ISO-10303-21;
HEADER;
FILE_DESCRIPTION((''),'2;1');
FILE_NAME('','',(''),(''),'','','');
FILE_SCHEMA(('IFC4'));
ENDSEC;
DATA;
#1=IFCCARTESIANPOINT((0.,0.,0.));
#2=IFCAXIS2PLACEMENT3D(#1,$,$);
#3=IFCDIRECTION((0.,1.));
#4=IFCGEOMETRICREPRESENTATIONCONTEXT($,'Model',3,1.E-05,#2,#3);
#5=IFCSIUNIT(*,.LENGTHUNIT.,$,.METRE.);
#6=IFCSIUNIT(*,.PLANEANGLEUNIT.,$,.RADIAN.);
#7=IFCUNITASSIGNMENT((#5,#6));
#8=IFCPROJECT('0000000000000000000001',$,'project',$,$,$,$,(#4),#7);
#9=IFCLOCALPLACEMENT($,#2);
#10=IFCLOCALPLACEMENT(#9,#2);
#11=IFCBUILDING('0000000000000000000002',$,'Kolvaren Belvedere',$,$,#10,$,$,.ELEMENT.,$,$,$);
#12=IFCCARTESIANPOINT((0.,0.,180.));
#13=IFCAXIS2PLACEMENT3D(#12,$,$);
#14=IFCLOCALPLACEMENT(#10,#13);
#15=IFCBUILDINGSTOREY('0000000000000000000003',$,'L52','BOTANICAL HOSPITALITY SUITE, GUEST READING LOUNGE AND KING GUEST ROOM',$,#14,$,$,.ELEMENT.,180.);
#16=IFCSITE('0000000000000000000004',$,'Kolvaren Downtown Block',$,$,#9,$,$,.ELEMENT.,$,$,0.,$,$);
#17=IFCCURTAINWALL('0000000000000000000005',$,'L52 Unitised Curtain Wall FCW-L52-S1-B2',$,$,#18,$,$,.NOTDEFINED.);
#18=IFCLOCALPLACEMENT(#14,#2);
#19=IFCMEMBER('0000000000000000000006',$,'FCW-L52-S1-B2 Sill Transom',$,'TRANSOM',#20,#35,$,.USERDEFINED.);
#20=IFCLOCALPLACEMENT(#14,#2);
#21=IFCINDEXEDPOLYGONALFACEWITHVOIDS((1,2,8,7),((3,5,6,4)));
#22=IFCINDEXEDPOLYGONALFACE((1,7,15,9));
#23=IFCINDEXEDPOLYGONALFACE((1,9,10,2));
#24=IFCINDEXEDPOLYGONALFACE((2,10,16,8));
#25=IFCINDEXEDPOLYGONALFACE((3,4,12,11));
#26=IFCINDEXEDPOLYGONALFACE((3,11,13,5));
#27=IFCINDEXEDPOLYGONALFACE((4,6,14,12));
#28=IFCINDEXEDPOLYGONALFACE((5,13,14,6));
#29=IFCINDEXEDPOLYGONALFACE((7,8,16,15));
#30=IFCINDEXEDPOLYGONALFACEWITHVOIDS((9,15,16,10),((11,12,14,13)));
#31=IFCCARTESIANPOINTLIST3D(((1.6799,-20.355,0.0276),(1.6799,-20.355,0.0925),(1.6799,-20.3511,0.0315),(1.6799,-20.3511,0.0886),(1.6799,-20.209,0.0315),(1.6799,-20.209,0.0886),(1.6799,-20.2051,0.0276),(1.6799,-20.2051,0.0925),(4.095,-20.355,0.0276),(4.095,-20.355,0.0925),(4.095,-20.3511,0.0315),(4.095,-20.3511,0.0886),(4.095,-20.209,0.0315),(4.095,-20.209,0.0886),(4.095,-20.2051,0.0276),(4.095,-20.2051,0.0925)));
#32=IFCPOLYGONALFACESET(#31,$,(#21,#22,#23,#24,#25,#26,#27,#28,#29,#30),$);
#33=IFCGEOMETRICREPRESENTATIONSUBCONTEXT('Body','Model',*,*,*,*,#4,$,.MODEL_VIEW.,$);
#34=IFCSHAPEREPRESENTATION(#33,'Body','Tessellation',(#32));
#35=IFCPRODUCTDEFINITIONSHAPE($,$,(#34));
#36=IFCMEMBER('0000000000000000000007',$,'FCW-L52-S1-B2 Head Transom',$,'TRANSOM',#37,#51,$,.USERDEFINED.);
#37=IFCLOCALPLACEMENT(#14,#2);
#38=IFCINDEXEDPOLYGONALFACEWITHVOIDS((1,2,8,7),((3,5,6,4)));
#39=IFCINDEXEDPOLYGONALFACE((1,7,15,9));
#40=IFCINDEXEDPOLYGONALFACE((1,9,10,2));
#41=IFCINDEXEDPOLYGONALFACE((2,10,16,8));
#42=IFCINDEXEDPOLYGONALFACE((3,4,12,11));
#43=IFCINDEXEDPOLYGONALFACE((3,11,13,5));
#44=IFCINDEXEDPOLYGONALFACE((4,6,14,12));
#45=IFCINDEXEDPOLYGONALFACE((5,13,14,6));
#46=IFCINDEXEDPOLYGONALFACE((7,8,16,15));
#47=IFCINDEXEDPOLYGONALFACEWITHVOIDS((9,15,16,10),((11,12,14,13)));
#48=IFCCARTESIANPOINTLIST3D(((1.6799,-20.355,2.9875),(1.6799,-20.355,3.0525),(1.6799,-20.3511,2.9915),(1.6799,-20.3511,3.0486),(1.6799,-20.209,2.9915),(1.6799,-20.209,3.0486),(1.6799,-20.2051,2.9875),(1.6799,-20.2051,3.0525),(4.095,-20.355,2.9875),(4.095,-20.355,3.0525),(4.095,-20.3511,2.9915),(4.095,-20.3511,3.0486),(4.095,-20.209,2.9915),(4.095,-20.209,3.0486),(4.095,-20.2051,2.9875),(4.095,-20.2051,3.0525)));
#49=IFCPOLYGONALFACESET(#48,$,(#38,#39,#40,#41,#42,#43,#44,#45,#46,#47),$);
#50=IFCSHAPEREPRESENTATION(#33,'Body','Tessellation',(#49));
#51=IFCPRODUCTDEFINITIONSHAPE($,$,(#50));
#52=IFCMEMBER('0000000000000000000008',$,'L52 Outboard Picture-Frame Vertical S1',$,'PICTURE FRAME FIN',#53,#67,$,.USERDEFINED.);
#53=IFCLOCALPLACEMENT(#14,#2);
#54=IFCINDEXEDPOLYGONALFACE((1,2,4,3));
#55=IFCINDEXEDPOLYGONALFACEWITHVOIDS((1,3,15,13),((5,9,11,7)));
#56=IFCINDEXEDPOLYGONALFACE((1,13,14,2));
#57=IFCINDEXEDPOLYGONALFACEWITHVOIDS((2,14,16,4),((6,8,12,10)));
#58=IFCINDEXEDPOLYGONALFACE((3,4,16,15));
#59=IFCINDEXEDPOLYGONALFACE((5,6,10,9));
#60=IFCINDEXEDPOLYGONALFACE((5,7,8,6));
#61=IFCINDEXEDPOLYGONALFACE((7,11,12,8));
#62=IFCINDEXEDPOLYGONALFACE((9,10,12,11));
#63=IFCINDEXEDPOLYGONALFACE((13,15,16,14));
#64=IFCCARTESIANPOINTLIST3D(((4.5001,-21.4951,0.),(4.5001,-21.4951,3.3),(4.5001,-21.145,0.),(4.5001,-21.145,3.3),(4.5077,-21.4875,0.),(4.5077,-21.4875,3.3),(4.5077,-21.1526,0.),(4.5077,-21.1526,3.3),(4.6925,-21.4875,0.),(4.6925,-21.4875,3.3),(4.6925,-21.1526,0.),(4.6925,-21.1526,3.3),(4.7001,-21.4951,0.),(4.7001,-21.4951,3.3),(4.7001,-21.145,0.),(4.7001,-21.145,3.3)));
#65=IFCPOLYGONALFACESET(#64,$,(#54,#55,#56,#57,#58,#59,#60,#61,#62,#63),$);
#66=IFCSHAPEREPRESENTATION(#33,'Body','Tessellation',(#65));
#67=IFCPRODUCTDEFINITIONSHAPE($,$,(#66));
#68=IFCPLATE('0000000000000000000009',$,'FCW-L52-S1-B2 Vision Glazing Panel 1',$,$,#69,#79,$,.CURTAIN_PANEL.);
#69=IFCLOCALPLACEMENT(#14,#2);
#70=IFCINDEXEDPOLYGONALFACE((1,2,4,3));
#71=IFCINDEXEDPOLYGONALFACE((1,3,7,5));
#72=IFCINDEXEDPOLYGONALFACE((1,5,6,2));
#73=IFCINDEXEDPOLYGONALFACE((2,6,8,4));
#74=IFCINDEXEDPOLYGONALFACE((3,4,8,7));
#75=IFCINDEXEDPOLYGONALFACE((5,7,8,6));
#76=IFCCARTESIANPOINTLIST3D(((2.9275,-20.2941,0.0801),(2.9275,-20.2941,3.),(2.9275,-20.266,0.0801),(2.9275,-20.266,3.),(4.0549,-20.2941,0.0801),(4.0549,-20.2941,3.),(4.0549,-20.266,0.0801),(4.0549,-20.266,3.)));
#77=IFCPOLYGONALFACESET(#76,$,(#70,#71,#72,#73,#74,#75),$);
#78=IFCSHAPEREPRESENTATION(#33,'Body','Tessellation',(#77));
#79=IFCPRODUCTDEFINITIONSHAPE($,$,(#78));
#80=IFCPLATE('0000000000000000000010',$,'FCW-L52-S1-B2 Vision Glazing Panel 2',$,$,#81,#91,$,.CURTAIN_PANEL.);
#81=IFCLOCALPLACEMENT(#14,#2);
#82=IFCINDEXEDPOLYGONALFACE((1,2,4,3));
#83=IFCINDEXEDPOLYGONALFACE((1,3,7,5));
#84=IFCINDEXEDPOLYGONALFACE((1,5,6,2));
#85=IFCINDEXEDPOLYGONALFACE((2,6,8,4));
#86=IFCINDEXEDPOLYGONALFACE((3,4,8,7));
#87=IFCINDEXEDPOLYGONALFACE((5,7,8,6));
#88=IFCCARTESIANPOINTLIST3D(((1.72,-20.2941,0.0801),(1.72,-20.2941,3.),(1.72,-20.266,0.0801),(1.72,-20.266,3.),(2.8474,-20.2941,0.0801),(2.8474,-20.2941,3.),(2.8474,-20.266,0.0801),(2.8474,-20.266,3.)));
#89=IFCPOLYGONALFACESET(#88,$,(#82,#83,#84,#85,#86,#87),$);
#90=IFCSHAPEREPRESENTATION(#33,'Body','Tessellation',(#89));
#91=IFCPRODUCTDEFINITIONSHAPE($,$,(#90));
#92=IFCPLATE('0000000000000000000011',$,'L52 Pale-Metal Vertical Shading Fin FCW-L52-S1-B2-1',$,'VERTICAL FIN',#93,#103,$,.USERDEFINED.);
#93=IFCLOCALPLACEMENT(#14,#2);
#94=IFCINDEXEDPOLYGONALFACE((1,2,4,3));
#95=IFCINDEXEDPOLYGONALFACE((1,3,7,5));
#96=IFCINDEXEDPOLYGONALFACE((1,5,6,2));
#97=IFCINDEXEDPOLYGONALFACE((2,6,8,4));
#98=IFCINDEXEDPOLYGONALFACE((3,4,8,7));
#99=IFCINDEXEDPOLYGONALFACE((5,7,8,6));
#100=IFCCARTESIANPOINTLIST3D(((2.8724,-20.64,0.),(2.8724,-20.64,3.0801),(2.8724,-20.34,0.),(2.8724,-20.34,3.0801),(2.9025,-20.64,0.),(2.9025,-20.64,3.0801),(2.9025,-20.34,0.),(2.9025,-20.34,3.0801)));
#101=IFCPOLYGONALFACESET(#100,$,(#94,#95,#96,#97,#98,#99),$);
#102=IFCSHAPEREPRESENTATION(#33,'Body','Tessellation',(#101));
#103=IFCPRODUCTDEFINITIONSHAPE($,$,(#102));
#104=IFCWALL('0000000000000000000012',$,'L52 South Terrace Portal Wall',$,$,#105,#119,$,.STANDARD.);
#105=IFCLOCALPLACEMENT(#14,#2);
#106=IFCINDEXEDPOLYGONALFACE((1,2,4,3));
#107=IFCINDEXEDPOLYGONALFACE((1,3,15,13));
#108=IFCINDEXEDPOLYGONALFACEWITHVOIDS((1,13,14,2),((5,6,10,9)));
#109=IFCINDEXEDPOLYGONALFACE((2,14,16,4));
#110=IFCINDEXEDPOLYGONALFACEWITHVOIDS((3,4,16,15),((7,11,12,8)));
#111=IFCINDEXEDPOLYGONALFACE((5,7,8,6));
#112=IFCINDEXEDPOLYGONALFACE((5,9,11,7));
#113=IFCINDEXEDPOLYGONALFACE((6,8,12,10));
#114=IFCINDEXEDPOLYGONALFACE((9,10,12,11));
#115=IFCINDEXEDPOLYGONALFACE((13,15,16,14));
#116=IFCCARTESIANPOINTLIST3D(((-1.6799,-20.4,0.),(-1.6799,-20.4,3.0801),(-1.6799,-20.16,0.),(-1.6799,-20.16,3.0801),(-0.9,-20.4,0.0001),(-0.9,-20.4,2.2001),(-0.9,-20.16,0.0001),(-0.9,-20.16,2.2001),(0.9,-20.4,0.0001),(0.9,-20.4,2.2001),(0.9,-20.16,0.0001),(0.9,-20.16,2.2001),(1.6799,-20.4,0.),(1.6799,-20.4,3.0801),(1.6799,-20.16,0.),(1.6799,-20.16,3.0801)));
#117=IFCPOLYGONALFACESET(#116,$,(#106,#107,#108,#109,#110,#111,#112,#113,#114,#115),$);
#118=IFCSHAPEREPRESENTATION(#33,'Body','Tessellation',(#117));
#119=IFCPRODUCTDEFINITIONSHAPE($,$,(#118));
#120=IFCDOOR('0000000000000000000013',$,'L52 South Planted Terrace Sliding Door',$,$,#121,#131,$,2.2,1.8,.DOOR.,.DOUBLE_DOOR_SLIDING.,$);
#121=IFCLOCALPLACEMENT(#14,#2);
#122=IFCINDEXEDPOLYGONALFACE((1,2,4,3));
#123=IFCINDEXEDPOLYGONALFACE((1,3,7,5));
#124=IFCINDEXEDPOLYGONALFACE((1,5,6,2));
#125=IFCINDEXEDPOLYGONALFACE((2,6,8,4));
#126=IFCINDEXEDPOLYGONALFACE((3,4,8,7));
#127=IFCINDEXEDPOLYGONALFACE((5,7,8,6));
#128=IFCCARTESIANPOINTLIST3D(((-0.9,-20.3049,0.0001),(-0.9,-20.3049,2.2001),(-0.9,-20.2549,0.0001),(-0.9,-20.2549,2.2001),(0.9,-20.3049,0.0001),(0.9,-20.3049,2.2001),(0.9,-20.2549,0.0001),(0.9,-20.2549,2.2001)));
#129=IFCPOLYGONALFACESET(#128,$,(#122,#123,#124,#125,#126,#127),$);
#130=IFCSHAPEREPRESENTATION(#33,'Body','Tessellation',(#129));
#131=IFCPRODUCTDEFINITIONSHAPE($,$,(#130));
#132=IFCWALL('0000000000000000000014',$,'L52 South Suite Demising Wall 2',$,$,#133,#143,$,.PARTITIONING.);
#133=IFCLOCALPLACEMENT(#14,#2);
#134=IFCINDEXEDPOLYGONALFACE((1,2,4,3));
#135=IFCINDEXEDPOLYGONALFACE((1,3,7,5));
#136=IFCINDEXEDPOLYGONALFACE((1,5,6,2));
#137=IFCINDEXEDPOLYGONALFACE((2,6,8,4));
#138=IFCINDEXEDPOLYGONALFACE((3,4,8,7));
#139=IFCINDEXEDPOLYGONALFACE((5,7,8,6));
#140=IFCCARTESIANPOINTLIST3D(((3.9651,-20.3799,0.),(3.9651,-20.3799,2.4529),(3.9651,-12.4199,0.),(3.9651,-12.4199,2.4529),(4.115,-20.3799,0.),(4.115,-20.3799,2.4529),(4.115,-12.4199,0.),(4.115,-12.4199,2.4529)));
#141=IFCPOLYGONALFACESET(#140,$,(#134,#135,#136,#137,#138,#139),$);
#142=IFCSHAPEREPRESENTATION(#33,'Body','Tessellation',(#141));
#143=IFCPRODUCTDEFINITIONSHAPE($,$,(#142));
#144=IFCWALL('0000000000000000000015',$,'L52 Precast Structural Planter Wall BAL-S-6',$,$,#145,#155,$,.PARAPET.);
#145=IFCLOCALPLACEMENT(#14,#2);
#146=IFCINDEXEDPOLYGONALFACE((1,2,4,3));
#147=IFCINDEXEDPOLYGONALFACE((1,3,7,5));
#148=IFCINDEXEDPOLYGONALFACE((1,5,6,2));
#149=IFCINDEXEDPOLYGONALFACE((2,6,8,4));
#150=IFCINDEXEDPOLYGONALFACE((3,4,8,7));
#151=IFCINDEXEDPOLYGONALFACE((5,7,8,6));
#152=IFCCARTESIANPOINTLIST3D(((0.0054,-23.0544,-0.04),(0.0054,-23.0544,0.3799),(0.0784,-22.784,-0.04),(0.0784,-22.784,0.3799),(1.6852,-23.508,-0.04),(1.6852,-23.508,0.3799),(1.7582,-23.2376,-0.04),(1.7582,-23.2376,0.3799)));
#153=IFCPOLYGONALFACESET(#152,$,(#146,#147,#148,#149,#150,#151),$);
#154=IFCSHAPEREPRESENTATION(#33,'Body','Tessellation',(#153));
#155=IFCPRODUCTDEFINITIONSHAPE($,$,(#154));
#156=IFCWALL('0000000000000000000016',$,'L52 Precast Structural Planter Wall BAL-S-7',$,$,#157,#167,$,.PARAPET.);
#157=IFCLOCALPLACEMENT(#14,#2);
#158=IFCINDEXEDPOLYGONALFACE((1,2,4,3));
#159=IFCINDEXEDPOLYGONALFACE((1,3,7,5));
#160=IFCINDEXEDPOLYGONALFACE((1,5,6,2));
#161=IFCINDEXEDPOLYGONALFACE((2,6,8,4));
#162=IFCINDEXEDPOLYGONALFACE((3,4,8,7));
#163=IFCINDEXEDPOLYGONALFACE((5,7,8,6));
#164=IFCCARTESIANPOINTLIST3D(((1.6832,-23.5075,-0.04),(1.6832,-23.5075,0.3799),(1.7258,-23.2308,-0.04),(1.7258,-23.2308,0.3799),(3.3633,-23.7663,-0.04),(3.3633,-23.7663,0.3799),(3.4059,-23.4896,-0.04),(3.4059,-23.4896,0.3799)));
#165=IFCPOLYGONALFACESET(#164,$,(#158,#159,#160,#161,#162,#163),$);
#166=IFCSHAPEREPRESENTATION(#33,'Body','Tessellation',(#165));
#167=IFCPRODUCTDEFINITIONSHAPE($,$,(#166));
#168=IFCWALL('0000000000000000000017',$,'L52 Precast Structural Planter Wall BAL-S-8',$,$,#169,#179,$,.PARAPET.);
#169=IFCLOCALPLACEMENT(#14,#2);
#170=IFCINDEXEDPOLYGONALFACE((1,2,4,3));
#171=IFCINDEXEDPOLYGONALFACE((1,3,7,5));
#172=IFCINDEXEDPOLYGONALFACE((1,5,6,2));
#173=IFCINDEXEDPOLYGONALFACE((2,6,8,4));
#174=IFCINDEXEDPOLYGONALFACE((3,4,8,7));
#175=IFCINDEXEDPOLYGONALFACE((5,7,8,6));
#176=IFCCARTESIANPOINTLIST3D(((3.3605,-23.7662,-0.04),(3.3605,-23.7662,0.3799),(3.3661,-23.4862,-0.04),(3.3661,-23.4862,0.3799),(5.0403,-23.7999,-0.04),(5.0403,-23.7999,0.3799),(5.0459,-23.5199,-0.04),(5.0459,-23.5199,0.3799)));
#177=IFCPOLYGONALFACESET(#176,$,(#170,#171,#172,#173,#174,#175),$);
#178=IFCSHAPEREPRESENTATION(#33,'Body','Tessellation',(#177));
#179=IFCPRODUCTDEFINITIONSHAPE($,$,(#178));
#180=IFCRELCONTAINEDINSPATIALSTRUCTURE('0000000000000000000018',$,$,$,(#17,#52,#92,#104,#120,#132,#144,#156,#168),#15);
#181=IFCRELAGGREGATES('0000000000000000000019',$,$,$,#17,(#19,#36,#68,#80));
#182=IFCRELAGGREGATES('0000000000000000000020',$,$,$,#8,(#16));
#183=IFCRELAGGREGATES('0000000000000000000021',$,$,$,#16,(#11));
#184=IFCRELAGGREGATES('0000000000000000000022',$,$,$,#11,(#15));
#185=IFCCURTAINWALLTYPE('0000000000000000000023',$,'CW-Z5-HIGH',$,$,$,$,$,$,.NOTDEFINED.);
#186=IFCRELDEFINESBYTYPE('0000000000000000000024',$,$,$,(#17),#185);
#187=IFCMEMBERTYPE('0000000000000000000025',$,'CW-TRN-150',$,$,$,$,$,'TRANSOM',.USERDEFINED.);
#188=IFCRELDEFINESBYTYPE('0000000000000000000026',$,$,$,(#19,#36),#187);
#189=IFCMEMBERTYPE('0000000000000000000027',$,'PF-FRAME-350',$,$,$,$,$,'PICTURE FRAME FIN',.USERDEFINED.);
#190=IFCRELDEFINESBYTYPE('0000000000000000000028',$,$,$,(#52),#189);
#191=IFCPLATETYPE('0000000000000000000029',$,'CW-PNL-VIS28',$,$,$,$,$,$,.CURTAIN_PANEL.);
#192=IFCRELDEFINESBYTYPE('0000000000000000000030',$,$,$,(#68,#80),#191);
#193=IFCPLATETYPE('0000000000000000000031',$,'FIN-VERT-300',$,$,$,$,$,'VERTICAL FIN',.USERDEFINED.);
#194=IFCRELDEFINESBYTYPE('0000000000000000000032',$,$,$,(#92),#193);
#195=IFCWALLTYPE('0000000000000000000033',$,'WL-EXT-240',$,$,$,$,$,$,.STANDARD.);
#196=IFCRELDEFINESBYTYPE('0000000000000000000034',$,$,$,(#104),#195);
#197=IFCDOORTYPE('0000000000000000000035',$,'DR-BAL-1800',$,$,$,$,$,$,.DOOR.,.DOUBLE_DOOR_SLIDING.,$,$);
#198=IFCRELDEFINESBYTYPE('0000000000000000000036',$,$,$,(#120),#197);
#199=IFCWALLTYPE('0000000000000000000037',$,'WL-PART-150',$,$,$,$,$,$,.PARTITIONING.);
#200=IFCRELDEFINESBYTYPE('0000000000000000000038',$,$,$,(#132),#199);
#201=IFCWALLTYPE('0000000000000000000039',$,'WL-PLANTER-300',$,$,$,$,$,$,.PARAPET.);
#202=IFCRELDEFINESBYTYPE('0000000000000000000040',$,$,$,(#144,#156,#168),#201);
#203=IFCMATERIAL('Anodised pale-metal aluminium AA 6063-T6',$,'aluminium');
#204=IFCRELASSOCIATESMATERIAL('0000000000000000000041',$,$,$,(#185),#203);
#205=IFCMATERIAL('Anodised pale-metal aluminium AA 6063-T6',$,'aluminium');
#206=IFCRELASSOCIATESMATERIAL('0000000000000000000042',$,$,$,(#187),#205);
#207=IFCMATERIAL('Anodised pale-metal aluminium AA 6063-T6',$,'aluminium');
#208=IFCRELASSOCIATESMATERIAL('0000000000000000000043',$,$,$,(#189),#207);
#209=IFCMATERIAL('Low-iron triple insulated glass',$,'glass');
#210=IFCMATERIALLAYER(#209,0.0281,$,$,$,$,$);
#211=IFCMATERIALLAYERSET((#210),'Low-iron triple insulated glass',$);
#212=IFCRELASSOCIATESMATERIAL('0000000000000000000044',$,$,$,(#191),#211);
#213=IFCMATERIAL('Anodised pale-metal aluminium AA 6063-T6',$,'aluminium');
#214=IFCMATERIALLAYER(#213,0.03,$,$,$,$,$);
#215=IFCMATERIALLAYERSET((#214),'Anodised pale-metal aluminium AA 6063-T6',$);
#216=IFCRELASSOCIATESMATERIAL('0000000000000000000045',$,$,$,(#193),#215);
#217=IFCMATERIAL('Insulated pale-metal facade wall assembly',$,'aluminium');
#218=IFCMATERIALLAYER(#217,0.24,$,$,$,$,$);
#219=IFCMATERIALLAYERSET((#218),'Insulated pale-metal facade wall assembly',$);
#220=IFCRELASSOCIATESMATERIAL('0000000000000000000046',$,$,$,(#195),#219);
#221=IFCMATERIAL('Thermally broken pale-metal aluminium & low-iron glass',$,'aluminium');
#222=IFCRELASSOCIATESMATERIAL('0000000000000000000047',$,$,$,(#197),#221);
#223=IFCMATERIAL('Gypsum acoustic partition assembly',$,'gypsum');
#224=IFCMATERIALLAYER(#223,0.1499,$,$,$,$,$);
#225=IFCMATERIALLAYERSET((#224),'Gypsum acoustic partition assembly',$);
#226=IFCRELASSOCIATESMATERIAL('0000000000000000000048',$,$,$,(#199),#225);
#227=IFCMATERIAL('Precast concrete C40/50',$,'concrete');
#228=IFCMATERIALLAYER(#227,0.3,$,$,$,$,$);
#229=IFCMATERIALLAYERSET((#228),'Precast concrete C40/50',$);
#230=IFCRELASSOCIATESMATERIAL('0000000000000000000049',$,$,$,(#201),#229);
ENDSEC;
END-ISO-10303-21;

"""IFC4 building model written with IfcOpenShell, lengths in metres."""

from ifc_helpers import new_model, si_unit, direction, frame, frame_2d, origin, origin_2d, place, context, subcontext, project, spatial, rectangle, hollow_rectangle, extrude, material, layer, layer_set, material_profile, profile_set, type_object, element, fill, aggregate, save


model = new_model("IFC4")

# Units and contexts
model_context = context("Model", 3, precision=1e-05, world=origin(), true_north=direction((0.0, 1.0)))
body_context = subcontext(model_context, "Body", "Model", "MODEL_VIEW")
ifc_project = project(units=[si_unit("LENGTHUNIT", "METRE"), si_unit("PLANEANGLEUNIT", "RADIAN")], contexts=[model_context])

# Site, building, storey
site_placement = place(None, origin())
site = spatial("IfcSite", under=ifc_project, at=site_placement, Name="Kolvaren Downtown Block", CompositionType="ELEMENT", RefElevation=0.0)
building_placement = place(site_placement, origin())
building = spatial("IfcBuilding", under=site, at=building_placement, Name="Kolvaren Belvedere", CompositionType="ELEMENT")
storey_placement = place(building_placement, frame((0.0, 0.0, 180.0)))
storey = spatial("IfcBuildingStorey", under=building, at=storey_placement, Name="L52", Description="BOTANICAL HOSPITALITY SUITE, GUEST READING LOUNGE AND KING GUEST ROOM", CompositionType="ELEMENT", Elevation=180.0)

# Shared definitions
ifc_material_1 = material(Name="Anodised pale-metal aluminium AA 6063-T6", Category="aluminium")
curtain_wall_type = type_object("IfcCurtainWallType", Name="CW-Z5-HIGH", PredefinedType="NOTDEFINED", material=ifc_material_1)

# Curtain wall, members
curtain_wall_1_placement = place(storey_placement, origin())
curtain_wall_1 = element("IfcCurtainWall", 1, at=curtain_wall_1_placement, inside=storey, type_object=curtain_wall_type, Name="L52 Unitised Curtain Wall FCW-L52-S1-B2", PredefinedType="NOTDEFINED")
ifc_material_2 = material(Name="Anodised pale-metal aluminium AA 6063-T6", Category="aluminium")
ifc_material_profile_1 = material_profile(ifc_material_2, hollow_rectangle(XDim=0.0649, YDim=0.1499, WallThickness=0.0039, at=origin_2d()), Name="ALU-TRN-150X65")
ifc_profile_set_1 = profile_set([ifc_material_profile_1], Name="Anodised pale-metal aluminium AA 6063-T6")
member_type_1 = type_object("IfcMemberType", Name="CW-TRN-150", ElementType="TRANSOM", PredefinedType="USERDEFINED", material=ifc_profile_set_1)
member_1_placement = place(storey_placement, frame((4.095, -20.28, 0.0601), z_axis=(-1.0, 0.0, 0.0), x_axis=(0.0, 0.0, 1.0)))
member_1 = element("IfcMember", 2, at=member_1_placement, type_object=member_type_1, Name="FCW-L52-S1-B2 Sill Transom", ObjectType="TRANSOM", PredefinedType="USERDEFINED", context=body_context, shape_type="SweptSolid", body=[
    extrude(hollow_rectangle(XDim=0.0649, YDim=0.1499, WallThickness=0.0039, at=origin_2d()), origin(), (0.0, 0.0, 1.0), 2.415),
])
member_2_placement = place(storey_placement, frame((4.095, -20.28, 3.02), z_axis=(-1.0, 0.0, 0.0), x_axis=(0.0, 0.0, 1.0)))
member_2 = element("IfcMember", 3, at=member_2_placement, type_object=member_type_1, Name="FCW-L52-S1-B2 Head Transom", ObjectType="TRANSOM", PredefinedType="USERDEFINED", context=body_context, shape_type="SweptSolid", body=[
    extrude(hollow_rectangle(XDim=0.0649, YDim=0.1499, WallThickness=0.0039, at=origin_2d()), origin(), (0.0, 0.0, 1.0), 2.415),
])

# Member
ifc_material_3 = material(Name="Anodised pale-metal aluminium AA 6063-T6", Category="aluminium")
ifc_material_profile_2 = material_profile(ifc_material_3, hollow_rectangle(XDim=0.2, YDim=0.3501, WallThickness=0.0076, at=origin_2d()), Name="ALU-PF-350X200")
ifc_profile_set_2 = profile_set([ifc_material_profile_2], Name="Anodised pale-metal aluminium AA 6063-T6")
member_type_2 = type_object("IfcMemberType", Name="PF-FRAME-350", ElementType="PICTURE FRAME FIN", PredefinedType="USERDEFINED", material=ifc_profile_set_2)
member_3_placement = place(storey_placement, frame((4.6001, -21.3201, 0.0), z_axis=(0.0, 0.0, 1.0), x_axis=(1.0, 0.0, 0.0)))
element("IfcMember", 4, at=member_3_placement, inside=storey, type_object=member_type_2, Name="L52 Outboard Picture-Frame Vertical S1", ObjectType="PICTURE FRAME FIN", PredefinedType="USERDEFINED", context=body_context, shape_type="SweptSolid", body=[
    extrude(hollow_rectangle(XDim=0.2, YDim=0.3501, WallThickness=0.0076, at=origin_2d()), origin(), (0.0, 0.0, 1.0), 3.3),
])

# Plates
ifc_material_4 = material(Name="Low-iron triple insulated glass", Category="glass")
ifc_layer_1 = layer(ifc_material_4, 0.0281)
ifc_layer_set_1 = layer_set([ifc_layer_1], Name="Low-iron triple insulated glass")
plate_type_1 = type_object("IfcPlateType", Name="CW-PNL-VIS28", PredefinedType="CURTAIN_PANEL", material=ifc_layer_set_1)
plate_1_placement = place(storey_placement, frame((3.4912, -20.28, 0.0801), z_axis=(0.0, 0.0, 1.0), x_axis=(-1.0, 0.0, 0.0)))
plate_1 = element("IfcPlate", 5, at=plate_1_placement, type_object=plate_type_1, Name="FCW-L52-S1-B2 Vision Glazing Panel 1", PredefinedType="CURTAIN_PANEL", context=body_context, shape_type="SweptSolid", body=[
    extrude(rectangle(XDim=1.1274, YDim=0.0281, at=origin_2d()), origin(), (0.0, 0.0, 1.0), 2.9199),
])
plate_2_placement = place(storey_placement, frame((2.2837, -20.28, 0.0801), z_axis=(0.0, 0.0, 1.0), x_axis=(-1.0, 0.0, 0.0)))
plate_2 = element("IfcPlate", 6, at=plate_2_placement, type_object=plate_type_1, Name="FCW-L52-S1-B2 Vision Glazing Panel 2", PredefinedType="CURTAIN_PANEL", context=body_context, shape_type="SweptSolid", body=[
    extrude(rectangle(XDim=1.1274, YDim=0.0281, at=origin_2d()), origin(), (0.0, 0.0, 1.0), 2.9199),
])
aggregate(curtain_wall_1, [member_1, member_2, plate_1, plate_2])
ifc_material_5 = material(Name="Anodised pale-metal aluminium AA 6063-T6", Category="aluminium")
ifc_layer_2 = layer(ifc_material_5, 0.03)
ifc_layer_set_2 = layer_set([ifc_layer_2], Name="Anodised pale-metal aluminium AA 6063-T6")
plate_type_2 = type_object("IfcPlateType", Name="FIN-VERT-300", ElementType="VERTICAL FIN", PredefinedType="USERDEFINED", material=ifc_layer_set_2)
plate_3_placement = place(storey_placement, frame((2.8875, -20.49, 0.0), z_axis=(0.0, 0.0, 1.0), x_axis=(0.0, 1.0, 0.0)))
element("IfcPlate", 7, at=plate_3_placement, inside=storey, type_object=plate_type_2, Name="L52 Pale-Metal Vertical Shading Fin FCW-L52-S1-B2-1", ObjectType="VERTICAL FIN", PredefinedType="USERDEFINED", context=body_context, shape_type="SweptSolid", body=[
    extrude(rectangle(XDim=0.3, YDim=0.03, at=origin_2d()), origin(), (0.0, 0.0, 1.0), 3.0801),
])

# Wall, opening, door
ifc_material_6 = material(Name="Insulated pale-metal facade wall assembly", Category="aluminium")
ifc_layer_3 = layer(ifc_material_6, 0.24)
ifc_layer_set_3 = layer_set([ifc_layer_3], Name="Insulated pale-metal facade wall assembly")
wall_type_1 = type_object("IfcWallType", Name="WL-EXT-240", PredefinedType="STANDARD", material=ifc_layer_set_3)
wall_1_placement = place(storey_placement, frame((1.6799, -20.28, 0.0), z_axis=(0.0, 0.0, 1.0), x_axis=(-1.0, 0.0, 0.0)))
wall_1 = element("IfcWall", 8, at=wall_1_placement, inside=storey, type_object=wall_type_1, Name="L52 South Terrace Portal Wall", PredefinedType="STANDARD", context=body_context, shape_type="SweptSolid", body=[
    extrude(rectangle(XDim=3.3599, YDim=0.24, at=frame_2d((1.6799, 0.0))), origin(), (0.0, 0.0, 1.0), 3.0801),
])
opening_placement = place(wall_1_placement, frame((0.78, 0.0, 0.0)))
opening = element("IfcOpeningElement", 9, at=opening_placement, cuts=wall_1, PredefinedType="OPENING", context=body_context, shape_type="SweptSolid", body=[
    extrude(rectangle(XDim=1.8, YDim=2.2, at=frame_2d((0.8999, 1.1001))), frame((0.0, 0.1299, 0.0), z_axis=(0.0, -1.0, 0.0), x_axis=(1.0, 0.0, 0.0)), (0.0, 0.0, 1.0), 0.26),
])
ifc_material_7 = material(Name="Thermally broken pale-metal aluminium & low-iron glass", Category="aluminium")
door_type = type_object("IfcDoorType", Name="DR-BAL-1800", OperationType="DOUBLE_DOOR_SLIDING", PredefinedType="DOOR", material=ifc_material_7)
door_placement = place(opening_placement, origin())
door = element("IfcDoor", 10, at=door_placement, inside=storey, type_object=door_type, Name="L52 South Planted Terrace Sliding Door", OperationType="DOUBLE_DOOR_SLIDING", OverallHeight=2.2, OverallWidth=1.8, PredefinedType="DOOR", context=body_context, shape_type="SweptSolid", body=[
    extrude(rectangle(XDim=1.8, YDim=2.2, at=frame_2d((0.8999, 1.1001))), frame((0.0, 0.0249, 0.0), z_axis=(0.0, -1.0, 0.0), x_axis=(1.0, 0.0, 0.0)), (0.0, 0.0, 1.0), 0.05),
])
fill(opening, door)

# Walls
ifc_material_8 = material(Name="Gypsum acoustic partition assembly", Category="gypsum")
ifc_layer_4 = layer(ifc_material_8, 0.1499)
ifc_layer_set_4 = layer_set([ifc_layer_4], Name="Gypsum acoustic partition assembly")
wall_type_2 = type_object("IfcWallType", Name="WL-PART-150", PredefinedType="PARTITIONING", material=ifc_layer_set_4)
wall_2_placement = place(storey_placement, frame((4.04, -20.3799, 0.0), z_axis=(0.0, 0.0, 1.0), x_axis=(0.0, 1.0, 0.0)))
element("IfcWall", 11, at=wall_2_placement, inside=storey, type_object=wall_type_2, Name="L52 South Suite Demising Wall 2", PredefinedType="PARTITIONING", context=body_context, shape_type="SweptSolid", body=[
    extrude(rectangle(XDim=7.96, YDim=0.1499, at=frame_2d((3.98, 0.0))), origin(), (0.0, 0.0, 1.0), 2.4529),
])
ifc_material_9 = material(Name="Precast concrete C40/50", Category="concrete")
ifc_layer_5 = layer(ifc_material_9, 0.3)
ifc_layer_set_5 = layer_set([ifc_layer_5], Name="Precast concrete C40/50")
wall_type_3 = type_object("IfcWallType", Name="WL-PLANTER-300", PredefinedType="PARAPET", material=ifc_layer_set_5)
wall_3_placement = place(storey_placement, frame((0.0417, -22.9192, -0.04), z_axis=(0.0, 0.0, 1.0), x_axis=(0.965424, -0.260683, 0.0)))
element("IfcWall", 12, at=wall_3_placement, inside=storey, type_object=wall_type_3, Name="L52 Precast Structural Planter Wall BAL-S-6", PredefinedType="PARAPET", context=body_context, shape_type="SweptSolid", body=[
    extrude(rectangle(XDim=1.74, YDim=0.28, at=frame_2d((0.8701, 0.0))), origin(), (0.0, 0.0, 1.0), 0.4199),
])
wall_4_placement = place(storey_placement, frame((1.7043, -23.3691, -0.04), z_axis=(0.0, 0.0, 1.0), x_axis=(0.988345, -0.15223, 0.0)))
element("IfcWall", 13, at=wall_4_placement, inside=storey, type_object=wall_type_3, Name="L52 Precast Structural Planter Wall BAL-S-7", PredefinedType="PARAPET", context=body_context, shape_type="SweptSolid", body=[
    extrude(rectangle(XDim=1.7, YDim=0.28, at=frame_2d((0.8501, 0.0))), origin(), (0.0, 0.0, 1.0), 0.4199),
])
wall_5_placement = place(storey_placement, frame((3.3633, -23.6262, -0.04), z_axis=(0.0, 0.0, 1.0), x_axis=(0.999799, -0.020051, 0.0)))
element("IfcWall", 14, at=wall_5_placement, inside=storey, type_object=wall_type_3, Name="L52 Precast Structural Planter Wall BAL-S-8", PredefinedType="PARAPET", context=body_context, shape_type="SweptSolid", body=[
    extrude(rectangle(XDim=1.6802, YDim=0.28, at=frame_2d((0.8401, 0.0))), origin(), (0.0, 0.0, 1.0), 0.4199),
])

save(model, "model.ifc")
